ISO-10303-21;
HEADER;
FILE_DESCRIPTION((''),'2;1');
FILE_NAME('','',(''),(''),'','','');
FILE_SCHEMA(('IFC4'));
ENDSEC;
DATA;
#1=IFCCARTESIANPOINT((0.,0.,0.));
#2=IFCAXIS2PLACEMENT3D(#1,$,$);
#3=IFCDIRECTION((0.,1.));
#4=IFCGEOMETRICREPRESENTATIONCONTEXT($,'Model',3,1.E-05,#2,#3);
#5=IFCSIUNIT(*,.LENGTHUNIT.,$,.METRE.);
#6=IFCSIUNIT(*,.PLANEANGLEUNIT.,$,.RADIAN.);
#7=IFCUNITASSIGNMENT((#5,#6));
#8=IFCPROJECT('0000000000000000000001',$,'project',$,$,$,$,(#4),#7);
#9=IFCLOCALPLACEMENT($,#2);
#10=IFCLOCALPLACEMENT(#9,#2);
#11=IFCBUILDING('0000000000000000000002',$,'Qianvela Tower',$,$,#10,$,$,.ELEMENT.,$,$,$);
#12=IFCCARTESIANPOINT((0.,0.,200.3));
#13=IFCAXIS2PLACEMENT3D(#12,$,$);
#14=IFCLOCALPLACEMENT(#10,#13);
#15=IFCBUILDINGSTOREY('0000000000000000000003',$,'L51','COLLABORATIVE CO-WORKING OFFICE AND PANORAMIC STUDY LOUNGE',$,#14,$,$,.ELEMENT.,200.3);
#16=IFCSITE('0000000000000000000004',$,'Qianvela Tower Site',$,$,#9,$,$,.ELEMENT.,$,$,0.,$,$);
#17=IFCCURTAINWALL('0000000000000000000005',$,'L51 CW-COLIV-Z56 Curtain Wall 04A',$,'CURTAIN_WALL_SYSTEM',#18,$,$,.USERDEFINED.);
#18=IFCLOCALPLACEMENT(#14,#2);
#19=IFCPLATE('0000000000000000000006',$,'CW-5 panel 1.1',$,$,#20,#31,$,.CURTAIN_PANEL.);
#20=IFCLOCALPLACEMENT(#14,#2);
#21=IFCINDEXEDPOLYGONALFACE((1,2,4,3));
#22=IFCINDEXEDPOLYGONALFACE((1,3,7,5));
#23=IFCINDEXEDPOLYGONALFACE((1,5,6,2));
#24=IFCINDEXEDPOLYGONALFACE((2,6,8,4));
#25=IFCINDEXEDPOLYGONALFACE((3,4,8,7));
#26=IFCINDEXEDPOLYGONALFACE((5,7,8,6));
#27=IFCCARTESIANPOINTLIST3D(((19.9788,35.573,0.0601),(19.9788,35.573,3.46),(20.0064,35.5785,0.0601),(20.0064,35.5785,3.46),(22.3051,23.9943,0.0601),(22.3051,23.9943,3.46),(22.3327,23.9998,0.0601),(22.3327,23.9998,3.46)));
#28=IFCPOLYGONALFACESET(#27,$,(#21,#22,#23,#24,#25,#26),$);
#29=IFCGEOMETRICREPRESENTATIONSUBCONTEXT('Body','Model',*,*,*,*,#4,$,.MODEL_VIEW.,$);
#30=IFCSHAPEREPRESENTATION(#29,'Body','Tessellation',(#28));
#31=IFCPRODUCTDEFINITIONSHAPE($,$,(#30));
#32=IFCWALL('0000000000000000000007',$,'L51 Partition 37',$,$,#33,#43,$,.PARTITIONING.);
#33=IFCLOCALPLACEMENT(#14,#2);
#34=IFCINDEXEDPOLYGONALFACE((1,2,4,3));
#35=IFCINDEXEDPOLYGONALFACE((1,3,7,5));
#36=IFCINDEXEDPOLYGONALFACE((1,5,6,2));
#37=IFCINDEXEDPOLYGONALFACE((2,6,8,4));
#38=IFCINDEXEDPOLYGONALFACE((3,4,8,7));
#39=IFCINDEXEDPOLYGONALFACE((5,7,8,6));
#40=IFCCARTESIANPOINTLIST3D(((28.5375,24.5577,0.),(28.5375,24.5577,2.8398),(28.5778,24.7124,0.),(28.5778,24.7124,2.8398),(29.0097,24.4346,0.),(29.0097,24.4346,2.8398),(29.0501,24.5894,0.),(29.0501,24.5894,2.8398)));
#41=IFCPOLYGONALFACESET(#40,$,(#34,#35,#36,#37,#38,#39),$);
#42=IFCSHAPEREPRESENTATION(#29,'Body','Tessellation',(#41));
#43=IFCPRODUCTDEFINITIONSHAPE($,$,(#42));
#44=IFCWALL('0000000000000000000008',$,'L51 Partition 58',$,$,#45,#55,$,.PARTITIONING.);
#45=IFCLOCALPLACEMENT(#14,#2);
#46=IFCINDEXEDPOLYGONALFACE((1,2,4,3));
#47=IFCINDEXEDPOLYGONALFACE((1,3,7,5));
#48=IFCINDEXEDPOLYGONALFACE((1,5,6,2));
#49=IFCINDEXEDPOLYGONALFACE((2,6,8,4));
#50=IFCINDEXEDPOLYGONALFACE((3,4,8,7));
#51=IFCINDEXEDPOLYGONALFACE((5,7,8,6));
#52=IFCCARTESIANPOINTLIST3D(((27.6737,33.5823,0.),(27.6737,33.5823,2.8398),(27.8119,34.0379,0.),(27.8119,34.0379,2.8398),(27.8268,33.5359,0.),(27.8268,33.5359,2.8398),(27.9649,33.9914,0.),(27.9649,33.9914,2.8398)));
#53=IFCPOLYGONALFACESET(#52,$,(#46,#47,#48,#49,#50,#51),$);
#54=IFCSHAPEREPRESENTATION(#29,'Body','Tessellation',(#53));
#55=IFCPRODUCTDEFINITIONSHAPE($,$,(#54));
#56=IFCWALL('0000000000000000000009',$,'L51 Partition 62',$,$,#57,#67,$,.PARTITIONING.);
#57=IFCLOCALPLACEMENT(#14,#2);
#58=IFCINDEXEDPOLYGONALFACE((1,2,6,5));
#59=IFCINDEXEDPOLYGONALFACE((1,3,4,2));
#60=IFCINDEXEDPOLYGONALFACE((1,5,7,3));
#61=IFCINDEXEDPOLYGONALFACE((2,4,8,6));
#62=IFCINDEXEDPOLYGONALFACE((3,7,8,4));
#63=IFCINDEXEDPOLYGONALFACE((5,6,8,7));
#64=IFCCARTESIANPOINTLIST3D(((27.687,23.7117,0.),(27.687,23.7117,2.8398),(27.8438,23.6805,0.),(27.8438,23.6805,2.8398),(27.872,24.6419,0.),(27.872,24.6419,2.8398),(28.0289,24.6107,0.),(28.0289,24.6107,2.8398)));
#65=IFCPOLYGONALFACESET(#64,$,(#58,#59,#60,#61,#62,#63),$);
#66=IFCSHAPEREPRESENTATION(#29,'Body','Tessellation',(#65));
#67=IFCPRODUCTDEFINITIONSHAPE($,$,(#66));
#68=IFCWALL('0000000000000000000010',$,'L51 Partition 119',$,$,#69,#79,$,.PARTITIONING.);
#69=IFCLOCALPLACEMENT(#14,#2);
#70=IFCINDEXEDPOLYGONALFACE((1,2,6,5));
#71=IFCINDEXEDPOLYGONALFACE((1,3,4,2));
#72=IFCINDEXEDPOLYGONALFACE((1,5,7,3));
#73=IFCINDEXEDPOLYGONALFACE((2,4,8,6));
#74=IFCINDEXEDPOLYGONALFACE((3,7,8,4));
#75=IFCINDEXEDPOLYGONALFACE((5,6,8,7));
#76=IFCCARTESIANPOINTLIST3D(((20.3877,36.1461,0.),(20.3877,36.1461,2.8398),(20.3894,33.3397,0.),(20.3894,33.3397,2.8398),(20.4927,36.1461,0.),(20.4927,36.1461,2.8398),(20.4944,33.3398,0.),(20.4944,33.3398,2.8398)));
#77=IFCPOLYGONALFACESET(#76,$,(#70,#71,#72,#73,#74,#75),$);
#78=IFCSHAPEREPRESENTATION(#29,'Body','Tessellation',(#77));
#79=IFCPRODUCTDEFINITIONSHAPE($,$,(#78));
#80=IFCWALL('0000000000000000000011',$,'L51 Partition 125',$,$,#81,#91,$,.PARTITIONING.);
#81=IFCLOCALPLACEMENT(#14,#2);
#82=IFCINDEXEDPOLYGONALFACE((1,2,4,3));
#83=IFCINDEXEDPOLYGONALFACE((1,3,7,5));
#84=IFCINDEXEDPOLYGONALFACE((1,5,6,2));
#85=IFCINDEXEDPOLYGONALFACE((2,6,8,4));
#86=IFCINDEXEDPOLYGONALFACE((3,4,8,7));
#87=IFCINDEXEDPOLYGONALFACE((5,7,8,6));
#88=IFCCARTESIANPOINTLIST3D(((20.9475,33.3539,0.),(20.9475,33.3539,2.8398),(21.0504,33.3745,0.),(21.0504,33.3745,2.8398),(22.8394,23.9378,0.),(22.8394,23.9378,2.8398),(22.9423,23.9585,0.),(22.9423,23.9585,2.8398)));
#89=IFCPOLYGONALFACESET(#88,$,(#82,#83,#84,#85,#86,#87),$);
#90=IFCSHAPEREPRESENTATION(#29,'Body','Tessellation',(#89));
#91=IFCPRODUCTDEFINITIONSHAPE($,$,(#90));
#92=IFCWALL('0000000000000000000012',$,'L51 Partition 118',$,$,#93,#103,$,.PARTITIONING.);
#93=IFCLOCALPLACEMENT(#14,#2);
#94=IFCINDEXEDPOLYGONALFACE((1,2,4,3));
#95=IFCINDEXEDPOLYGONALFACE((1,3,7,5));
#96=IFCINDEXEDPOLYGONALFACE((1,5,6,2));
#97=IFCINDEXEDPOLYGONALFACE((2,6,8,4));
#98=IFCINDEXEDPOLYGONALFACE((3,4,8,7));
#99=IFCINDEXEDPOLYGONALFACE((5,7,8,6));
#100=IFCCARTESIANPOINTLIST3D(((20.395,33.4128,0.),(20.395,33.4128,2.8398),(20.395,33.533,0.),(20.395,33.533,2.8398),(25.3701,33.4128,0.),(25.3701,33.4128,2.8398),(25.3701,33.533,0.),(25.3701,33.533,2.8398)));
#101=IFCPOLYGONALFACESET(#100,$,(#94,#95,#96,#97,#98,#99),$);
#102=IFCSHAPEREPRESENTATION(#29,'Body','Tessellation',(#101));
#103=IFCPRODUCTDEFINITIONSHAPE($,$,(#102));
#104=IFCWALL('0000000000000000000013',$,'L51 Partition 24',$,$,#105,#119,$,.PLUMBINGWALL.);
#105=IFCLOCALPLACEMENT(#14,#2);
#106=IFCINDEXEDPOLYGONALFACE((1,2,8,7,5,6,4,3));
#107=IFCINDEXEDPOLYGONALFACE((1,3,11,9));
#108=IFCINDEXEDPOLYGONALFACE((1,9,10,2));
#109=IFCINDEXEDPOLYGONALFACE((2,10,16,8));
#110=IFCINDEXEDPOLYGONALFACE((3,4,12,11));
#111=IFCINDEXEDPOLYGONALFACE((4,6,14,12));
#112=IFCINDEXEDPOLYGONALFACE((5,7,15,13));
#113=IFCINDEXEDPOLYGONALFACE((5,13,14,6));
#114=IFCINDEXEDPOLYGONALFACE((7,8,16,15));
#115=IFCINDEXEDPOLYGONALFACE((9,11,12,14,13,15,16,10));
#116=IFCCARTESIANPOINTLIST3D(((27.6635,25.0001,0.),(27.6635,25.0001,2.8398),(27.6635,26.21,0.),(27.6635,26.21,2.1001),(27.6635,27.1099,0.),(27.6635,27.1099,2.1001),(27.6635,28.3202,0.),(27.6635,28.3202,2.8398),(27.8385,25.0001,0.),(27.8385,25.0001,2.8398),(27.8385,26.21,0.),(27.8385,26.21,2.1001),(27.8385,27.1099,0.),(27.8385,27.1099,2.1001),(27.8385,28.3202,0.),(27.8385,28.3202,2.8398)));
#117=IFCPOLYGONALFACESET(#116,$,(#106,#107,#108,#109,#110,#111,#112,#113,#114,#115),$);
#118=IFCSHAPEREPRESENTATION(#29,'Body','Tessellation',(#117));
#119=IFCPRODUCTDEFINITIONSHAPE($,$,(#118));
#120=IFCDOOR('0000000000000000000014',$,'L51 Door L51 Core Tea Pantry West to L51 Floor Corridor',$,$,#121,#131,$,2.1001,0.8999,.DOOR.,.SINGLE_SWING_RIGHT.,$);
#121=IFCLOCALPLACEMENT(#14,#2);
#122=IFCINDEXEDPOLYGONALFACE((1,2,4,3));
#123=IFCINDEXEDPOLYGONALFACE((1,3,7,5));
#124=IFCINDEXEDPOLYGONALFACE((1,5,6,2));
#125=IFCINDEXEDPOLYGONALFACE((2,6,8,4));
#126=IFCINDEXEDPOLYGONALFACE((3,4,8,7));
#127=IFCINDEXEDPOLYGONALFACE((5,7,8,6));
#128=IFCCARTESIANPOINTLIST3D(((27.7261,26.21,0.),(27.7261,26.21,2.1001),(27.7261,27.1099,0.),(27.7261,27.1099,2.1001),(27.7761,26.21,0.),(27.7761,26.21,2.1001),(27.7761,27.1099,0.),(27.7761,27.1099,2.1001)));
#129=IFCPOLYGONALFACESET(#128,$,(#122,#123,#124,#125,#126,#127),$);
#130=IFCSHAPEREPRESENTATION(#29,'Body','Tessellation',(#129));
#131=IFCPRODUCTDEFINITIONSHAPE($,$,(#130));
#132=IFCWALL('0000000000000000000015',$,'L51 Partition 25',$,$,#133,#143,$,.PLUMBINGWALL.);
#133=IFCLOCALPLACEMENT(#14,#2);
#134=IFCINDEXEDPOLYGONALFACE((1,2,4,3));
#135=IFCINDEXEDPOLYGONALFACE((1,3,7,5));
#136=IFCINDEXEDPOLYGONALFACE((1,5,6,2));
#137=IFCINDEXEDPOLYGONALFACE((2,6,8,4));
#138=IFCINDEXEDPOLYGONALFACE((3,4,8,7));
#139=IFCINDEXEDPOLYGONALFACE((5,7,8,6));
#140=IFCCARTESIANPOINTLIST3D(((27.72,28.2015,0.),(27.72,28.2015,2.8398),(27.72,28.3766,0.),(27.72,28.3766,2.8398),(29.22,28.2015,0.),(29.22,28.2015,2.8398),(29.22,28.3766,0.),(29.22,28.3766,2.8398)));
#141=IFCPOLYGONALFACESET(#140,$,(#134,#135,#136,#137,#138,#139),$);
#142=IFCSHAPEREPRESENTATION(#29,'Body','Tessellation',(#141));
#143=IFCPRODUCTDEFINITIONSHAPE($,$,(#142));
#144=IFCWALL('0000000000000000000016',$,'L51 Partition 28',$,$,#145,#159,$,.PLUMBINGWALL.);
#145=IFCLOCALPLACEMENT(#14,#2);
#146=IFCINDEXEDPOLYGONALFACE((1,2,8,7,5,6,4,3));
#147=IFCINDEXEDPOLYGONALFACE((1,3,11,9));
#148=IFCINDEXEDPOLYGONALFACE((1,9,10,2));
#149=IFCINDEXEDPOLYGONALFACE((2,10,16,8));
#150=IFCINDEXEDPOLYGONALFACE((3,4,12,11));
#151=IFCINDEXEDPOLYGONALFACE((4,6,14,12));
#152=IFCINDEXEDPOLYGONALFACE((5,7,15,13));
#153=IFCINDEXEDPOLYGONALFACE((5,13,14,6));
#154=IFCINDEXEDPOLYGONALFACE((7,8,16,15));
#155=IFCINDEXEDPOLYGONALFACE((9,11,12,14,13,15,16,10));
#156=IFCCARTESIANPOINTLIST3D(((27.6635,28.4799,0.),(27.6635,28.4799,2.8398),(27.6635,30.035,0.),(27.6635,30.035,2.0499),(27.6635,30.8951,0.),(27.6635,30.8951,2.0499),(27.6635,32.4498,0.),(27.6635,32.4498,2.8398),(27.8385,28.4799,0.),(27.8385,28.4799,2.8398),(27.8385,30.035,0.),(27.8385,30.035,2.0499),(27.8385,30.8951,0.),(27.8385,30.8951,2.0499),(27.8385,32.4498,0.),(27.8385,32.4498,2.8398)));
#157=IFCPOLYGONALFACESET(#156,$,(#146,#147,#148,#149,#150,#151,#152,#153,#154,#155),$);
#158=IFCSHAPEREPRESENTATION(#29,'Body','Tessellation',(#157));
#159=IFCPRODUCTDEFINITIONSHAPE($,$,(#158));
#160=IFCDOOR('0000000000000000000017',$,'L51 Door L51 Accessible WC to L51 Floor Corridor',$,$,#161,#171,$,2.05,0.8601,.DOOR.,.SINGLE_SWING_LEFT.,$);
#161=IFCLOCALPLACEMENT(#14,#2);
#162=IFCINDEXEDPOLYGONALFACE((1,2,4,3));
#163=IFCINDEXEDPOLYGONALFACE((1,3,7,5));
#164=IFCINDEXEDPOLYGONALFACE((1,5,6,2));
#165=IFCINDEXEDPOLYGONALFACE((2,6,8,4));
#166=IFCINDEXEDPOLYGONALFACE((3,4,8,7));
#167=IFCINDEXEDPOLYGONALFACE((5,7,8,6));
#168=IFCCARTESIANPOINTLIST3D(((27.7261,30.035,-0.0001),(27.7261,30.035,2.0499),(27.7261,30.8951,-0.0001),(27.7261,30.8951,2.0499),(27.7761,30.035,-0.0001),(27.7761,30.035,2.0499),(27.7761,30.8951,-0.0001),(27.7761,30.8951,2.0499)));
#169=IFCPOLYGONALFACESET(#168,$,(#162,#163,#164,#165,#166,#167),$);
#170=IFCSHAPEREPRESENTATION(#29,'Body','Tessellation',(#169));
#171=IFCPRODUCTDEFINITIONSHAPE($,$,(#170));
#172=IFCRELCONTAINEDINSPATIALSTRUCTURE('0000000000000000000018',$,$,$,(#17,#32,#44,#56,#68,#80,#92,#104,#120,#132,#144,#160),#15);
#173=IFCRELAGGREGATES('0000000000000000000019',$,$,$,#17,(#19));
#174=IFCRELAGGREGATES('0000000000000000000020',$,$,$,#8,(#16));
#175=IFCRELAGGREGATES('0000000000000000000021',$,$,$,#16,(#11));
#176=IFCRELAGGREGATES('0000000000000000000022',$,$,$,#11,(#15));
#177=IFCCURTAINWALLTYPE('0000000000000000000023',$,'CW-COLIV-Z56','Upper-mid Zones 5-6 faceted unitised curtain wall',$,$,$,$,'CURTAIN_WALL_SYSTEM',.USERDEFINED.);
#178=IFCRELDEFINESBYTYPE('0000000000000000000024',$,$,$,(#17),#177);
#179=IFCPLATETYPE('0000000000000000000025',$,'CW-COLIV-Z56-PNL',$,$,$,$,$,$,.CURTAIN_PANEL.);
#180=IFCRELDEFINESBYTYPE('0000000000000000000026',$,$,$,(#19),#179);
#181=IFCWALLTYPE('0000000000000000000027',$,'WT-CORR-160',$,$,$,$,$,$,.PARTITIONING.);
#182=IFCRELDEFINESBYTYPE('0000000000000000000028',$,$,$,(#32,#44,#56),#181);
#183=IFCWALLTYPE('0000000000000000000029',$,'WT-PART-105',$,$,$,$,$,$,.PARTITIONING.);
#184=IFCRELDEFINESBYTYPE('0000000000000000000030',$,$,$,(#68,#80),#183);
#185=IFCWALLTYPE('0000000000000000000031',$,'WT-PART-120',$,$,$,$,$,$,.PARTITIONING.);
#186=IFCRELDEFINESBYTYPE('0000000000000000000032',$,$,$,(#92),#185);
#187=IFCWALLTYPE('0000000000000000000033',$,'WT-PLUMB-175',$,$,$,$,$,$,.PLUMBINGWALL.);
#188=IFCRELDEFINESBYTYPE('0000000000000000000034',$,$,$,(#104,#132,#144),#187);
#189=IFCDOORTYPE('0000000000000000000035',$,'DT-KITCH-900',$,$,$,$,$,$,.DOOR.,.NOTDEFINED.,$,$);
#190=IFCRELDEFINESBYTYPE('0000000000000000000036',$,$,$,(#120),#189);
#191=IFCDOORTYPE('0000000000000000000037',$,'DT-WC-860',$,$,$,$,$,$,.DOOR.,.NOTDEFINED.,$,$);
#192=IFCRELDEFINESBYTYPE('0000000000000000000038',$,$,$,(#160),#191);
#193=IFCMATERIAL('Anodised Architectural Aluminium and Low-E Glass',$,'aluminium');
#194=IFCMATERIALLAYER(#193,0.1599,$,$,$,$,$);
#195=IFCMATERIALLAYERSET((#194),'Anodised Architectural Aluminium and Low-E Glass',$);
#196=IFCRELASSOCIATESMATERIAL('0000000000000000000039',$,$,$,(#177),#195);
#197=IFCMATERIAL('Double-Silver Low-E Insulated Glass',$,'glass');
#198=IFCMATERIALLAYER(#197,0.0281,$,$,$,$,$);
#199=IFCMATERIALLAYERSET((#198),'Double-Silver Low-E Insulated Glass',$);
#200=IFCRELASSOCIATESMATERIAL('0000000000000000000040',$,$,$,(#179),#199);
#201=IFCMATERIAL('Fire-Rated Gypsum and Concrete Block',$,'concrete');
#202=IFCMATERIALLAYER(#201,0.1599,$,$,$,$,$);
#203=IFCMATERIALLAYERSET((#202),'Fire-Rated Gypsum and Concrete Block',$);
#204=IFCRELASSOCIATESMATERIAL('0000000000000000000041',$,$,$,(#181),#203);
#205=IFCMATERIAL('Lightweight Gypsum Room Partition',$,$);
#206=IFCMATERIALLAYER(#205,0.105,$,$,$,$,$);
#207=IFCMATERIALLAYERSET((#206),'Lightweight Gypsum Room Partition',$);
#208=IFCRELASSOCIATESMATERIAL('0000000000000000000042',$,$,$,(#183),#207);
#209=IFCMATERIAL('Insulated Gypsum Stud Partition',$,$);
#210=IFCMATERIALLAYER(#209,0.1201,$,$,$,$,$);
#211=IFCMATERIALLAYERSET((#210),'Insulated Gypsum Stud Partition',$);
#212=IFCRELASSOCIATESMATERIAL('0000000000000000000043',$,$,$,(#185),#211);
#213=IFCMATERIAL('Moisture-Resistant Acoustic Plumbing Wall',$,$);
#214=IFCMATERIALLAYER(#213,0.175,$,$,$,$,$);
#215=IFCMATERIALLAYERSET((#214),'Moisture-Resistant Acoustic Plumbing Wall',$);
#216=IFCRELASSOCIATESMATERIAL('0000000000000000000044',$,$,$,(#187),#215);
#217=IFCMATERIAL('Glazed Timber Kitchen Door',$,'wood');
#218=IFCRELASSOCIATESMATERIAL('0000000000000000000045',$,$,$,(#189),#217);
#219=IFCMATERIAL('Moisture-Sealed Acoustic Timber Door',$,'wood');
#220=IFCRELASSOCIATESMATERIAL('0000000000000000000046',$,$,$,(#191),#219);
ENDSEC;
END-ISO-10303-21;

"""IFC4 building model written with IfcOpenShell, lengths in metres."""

from ifc_helpers import new_model, si_unit, direction, frame, frame_2d, origin, origin_2d, place, context, subcontext, project, spatial, rectangle, extrude, material, layer, layer_set, type_object, element, fill, aggregate, save


model = new_model("IFC4")

# Units and contexts
model_context = context("Model", 3, precision=1e-05, world=origin(), true_north=direction((0.0, 1.0)))
body_context = subcontext(model_context, "Body", "Model", "MODEL_VIEW")
ifc_project = project(units=[si_unit("LENGTHUNIT", "METRE"), si_unit("PLANEANGLEUNIT", "RADIAN")], contexts=[model_context])

# Site, building, storey
site_placement = place(None, origin())
site = spatial("IfcSite", under=ifc_project, at=site_placement, Name="Qianvela Tower Site", CompositionType="ELEMENT", RefElevation=0.0)
building_placement = place(site_placement, origin())
building = spatial("IfcBuilding", under=site, at=building_placement, Name="Qianvela Tower", CompositionType="ELEMENT")
storey_placement = place(building_placement, frame((0.0, 0.0, 200.3)))
storey = spatial("IfcBuildingStorey", under=building, at=storey_placement, Name="L51", Description="COLLABORATIVE CO-WORKING OFFICE AND PANORAMIC STUDY LOUNGE", CompositionType="ELEMENT", Elevation=200.3)

# Curtain wall, plate
ifc_material_1 = material(Name="Anodised Architectural Aluminium and Low-E Glass", Category="aluminium")
ifc_layer_1 = layer(ifc_material_1, 0.1599)
ifc_layer_set_1 = layer_set([ifc_layer_1], Name="Anodised Architectural Aluminium and Low-E Glass")
curtain_wall_type = type_object("IfcCurtainWallType", Name="CW-COLIV-Z56", Description="Upper-mid Zones 5-6 faceted unitised curtain wall", ElementType="CURTAIN_WALL_SYSTEM", PredefinedType="USERDEFINED", material=ifc_layer_set_1)
curtain_wall_placement = place(storey_placement, origin())
curtain_wall = element("IfcCurtainWall", 1, at=curtain_wall_placement, inside=storey, type_object=curtain_wall_type, Name="L51 CW-COLIV-Z56 Curtain Wall 04A", ObjectType="CURTAIN_WALL_SYSTEM", PredefinedType="USERDEFINED")
ifc_material_2 = material(Name="Double-Silver Low-E Insulated Glass", Category="glass")
ifc_layer_2 = layer(ifc_material_2, 0.0281)
ifc_layer_set_2 = layer_set([ifc_layer_2], Name="Double-Silver Low-E Insulated Glass")
plate_type = type_object("IfcPlateType", Name="CW-COLIV-Z56-PNL", PredefinedType="CURTAIN_PANEL", material=ifc_layer_set_2)
plate_placement = place(storey_placement, frame((21.1558, 29.7864, 0.0601), z_axis=(0.0, 0.0, 1.0), x_axis=(0.196976, -0.980408, 0.0)))
plate = element("IfcPlate", 2, at=plate_placement, type_object=plate_type, Name="CW-5 panel 1.1", PredefinedType="CURTAIN_PANEL", context=body_context, shape_type="SweptSolid", body=[
    extrude(rectangle(XDim=11.8101, YDim=0.0281, at=origin_2d()), origin(), (0.0, 0.0, 1.0), 3.3999),
])
aggregate(curtain_wall, [plate])

# Walls
ifc_material_3 = material(Name="Fire-Rated Gypsum and Concrete Block", Category="concrete")
ifc_layer_3 = layer(ifc_material_3, 0.1599)
ifc_layer_set_3 = layer_set([ifc_layer_3], Name="Fire-Rated Gypsum and Concrete Block")
wall_type_1 = type_object("IfcWallType", Name="WT-CORR-160", PredefinedType="PARTITIONING", material=ifc_layer_set_3)
wall_1_placement = place(storey_placement, frame((29.03, 24.512, 0.0), z_axis=(0.0, 0.0, 1.0), x_axis=(-0.967681, 0.252177, 0.0)))
element("IfcWall", 3, at=wall_1_placement, inside=storey, type_object=wall_type_1, Name="L51 Partition 37", PredefinedType="PARTITIONING", context=body_context, shape_type="SweptSolid", body=[
    extrude(rectangle(XDim=0.488, YDim=0.1599, at=frame_2d((0.2441, 0.0))), origin(), (0.0, 0.0, 1.0), 2.8398),
])
wall_2_placement = place(storey_placement, frame((27.8884, 34.0146, 0.0), z_axis=(0.0, 0.0, 1.0), x_axis=(-0.290264, -0.956947, 0.0)))
element("IfcWall", 4, at=wall_2_placement, inside=storey, type_object=wall_type_1, Name="L51 Partition 58", PredefinedType="PARTITIONING", context=body_context, shape_type="SweptSolid", body=[
    extrude(rectangle(XDim=0.4761, YDim=0.1599, at=frame_2d((0.238, 0.0))), origin(), (0.0, 0.0, 1.0), 2.8398),
])
wall_3_placement = place(storey_placement, frame((27.9504, 24.6262, 0.0), z_axis=(0.0, 0.0, 1.0), x_axis=(-0.195126, -0.980778, 0.0)))
element("IfcWall", 5, at=wall_3_placement, inside=storey, type_object=wall_type_1, Name="L51 Partition 62", PredefinedType="PARTITIONING", context=body_context, shape_type="SweptSolid", body=[
    extrude(rectangle(XDim=0.9485, YDim=0.1599, at=frame_2d((0.4741, 0.0))), origin(), (0.0, 0.0, 1.0), 2.8398),
])
ifc_material_4 = material(Name="Lightweight Gypsum Room Partition")
ifc_layer_4 = layer(ifc_material_4, 0.105)
ifc_layer_set_4 = layer_set([ifc_layer_4], Name="Lightweight Gypsum Room Partition")
wall_type_2 = type_object("IfcWallType", Name="WT-PART-105", PredefinedType="PARTITIONING", material=ifc_layer_set_4)
wall_4_placement = place(storey_placement, frame((20.4419, 33.3396, 0.0), z_axis=(0.0, 0.0, 1.0), x_axis=(-0.000609, 1.0, 0.0)))
element("IfcWall", 6, at=wall_4_placement, inside=storey, type_object=wall_type_2, Name="L51 Partition 119", PredefinedType="PARTITIONING", context=body_context, shape_type="SweptSolid", body=[
    extrude(rectangle(XDim=2.8064, YDim=0.105, at=frame_2d((1.4033, 0.0))), origin(), (0.0, 0.0, 1.0), 2.8398),
])
wall_5_placement = place(storey_placement, frame((22.8909, 23.948, 0.0), z_axis=(0.0, 0.0, 1.0), x_axis=(-0.196981, 0.980407, 0.0)))
element("IfcWall", 7, at=wall_5_placement, inside=storey, type_object=wall_type_2, Name="L51 Partition 125", PredefinedType="PARTITIONING", context=body_context, shape_type="SweptSolid", body=[
    extrude(rectangle(XDim=9.6042, YDim=0.105, at=frame_2d((4.8022, 0.0))), origin(), (0.0, 0.0, 1.0), 2.8398),
])
ifc_material_5 = material(Name="Insulated Gypsum Stud Partition")
ifc_layer_5 = layer(ifc_material_5, 0.1201)
ifc_layer_set_5 = layer_set([ifc_layer_5], Name="Insulated Gypsum Stud Partition")
wall_type_3 = type_object("IfcWallType", Name="WT-PART-120", PredefinedType="PARTITIONING", material=ifc_layer_set_5)
wall_6_placement = place(storey_placement, frame((25.3701, 33.4729, 0.0), z_axis=(0.0, 0.0, 1.0), x_axis=(-1.0, 0.0, 0.0)))
element("IfcWall", 8, at=wall_6_placement, inside=storey, type_object=wall_type_3, Name="L51 Partition 118", PredefinedType="PARTITIONING", context=body_context, shape_type="SweptSolid", body=[
    extrude(rectangle(XDim=4.9751, YDim=0.1201, at=frame_2d((2.4875, 0.0))), origin(), (0.0, 0.0, 1.0), 2.8398),
])

# Wall, opening, door
ifc_material_6 = material(Name="Moisture-Resistant Acoustic Plumbing Wall")
ifc_layer_6 = layer(ifc_material_6, 0.175)
ifc_layer_set_6 = layer_set([ifc_layer_6], Name="Moisture-Resistant Acoustic Plumbing Wall")
wall_type_4 = type_object("IfcWallType", Name="WT-PLUMB-175", PredefinedType="PLUMBINGWALL", material=ifc_layer_set_6)
wall_7_placement = place(storey_placement, frame((27.751, 25.0, 0.0), z_axis=(0.0, 0.0, 1.0), x_axis=(0.0, 1.0, 0.0)))
wall_7 = element("IfcWall", 9, at=wall_7_placement, inside=storey, type_object=wall_type_4, Name="L51 Partition 24", PredefinedType="PLUMBINGWALL", context=body_context, shape_type="SweptSolid", body=[
    extrude(rectangle(XDim=3.3201, YDim=0.175, at=frame_2d((1.6602, 0.0))), origin(), (0.0, 0.0, 1.0), 2.8398),
])
opening_1_placement = place(wall_7_placement, frame((1.21, 0.0, 0.0)))
opening_1 = element("IfcOpeningElement", 10, at=opening_1_placement, cuts=wall_7, PredefinedType="OPENING", context=body_context, shape_type="SweptSolid", body=[
    extrude(rectangle(XDim=0.8999, YDim=2.1001, at=frame_2d((0.45, 1.05))), frame((0.0, 0.0974, 0.0), z_axis=(0.0, -1.0, 0.0), x_axis=(1.0, 0.0, 0.0)), (0.0, 0.0, 1.0), 0.1951),
])
ifc_material_7 = material(Name="Glazed Timber Kitchen Door", Category="wood")
door_type_1 = type_object("IfcDoorType", Name="DT-KITCH-900", OperationType="NOTDEFINED", PredefinedType="DOOR", material=ifc_material_7)
door_1_placement = place(opening_1_placement, origin())
door_1 = element("IfcDoor", 11, at=door_1_placement, inside=storey, type_object=door_type_1, Name="L51 Door L51 Core Tea Pantry West to L51 Floor Corridor", OperationType="SINGLE_SWING_RIGHT", OverallHeight=2.1001, OverallWidth=0.8999, PredefinedType="DOOR", context=body_context, shape_type="SweptSolid", body=[
    extrude(rectangle(XDim=0.8999, YDim=2.1001, at=frame_2d((0.45, 1.05))), frame((0.0, 0.0249, 0.0), z_axis=(0.0, -1.0, 0.0), x_axis=(1.0, 0.0, 0.0)), (0.0, 0.0, 1.0), 0.05),
])
fill(opening_1, door_1)

# Wall
wall_8_placement = place(storey_placement, frame((27.72, 28.2891, 0.0), z_axis=(0.0, 0.0, 1.0), x_axis=(1.0, 0.0, 0.0)))
element("IfcWall", 12, at=wall_8_placement, inside=storey, type_object=wall_type_4, Name="L51 Partition 25", PredefinedType="PLUMBINGWALL", context=body_context, shape_type="SweptSolid", body=[
    extrude(rectangle(XDim=1.5, YDim=0.175, at=frame_2d((0.75, 0.0))), origin(), (0.0, 0.0, 1.0), 2.8398),
])

# Wall, opening, door
wall_9_placement = place(storey_placement, frame((27.751, 28.48, 0.0), z_axis=(0.0, 0.0, 1.0), x_axis=(0.0, 1.0, 0.0)))
wall_9 = element("IfcWall", 13, at=wall_9_placement, inside=storey, type_object=wall_type_4, Name="L51 Partition 28", PredefinedType="PLUMBINGWALL", context=body_context, shape_type="SweptSolid", body=[
    extrude(rectangle(XDim=3.97, YDim=0.175, at=frame_2d((1.9849, 0.0))), origin(), (0.0, 0.0, 1.0), 2.8398),
])
opening_2_placement = place(wall_9_placement, frame((1.5549, 0.0, 0.0)))
opening_2 = element("IfcOpeningElement", 14, at=opening_2_placement, cuts=wall_9, PredefinedType="OPENING", context=body_context, shape_type="SweptSolid", body=[
    extrude(rectangle(XDim=0.8601, YDim=2.05, at=frame_2d((0.4302, 1.0249))), frame((0.0, 0.0974, 0.0), z_axis=(0.0, -1.0, 0.0), x_axis=(1.0, 0.0, 0.0)), (0.0, 0.0, 1.0), 0.1951),
])
ifc_material_8 = material(Name="Moisture-Sealed Acoustic Timber Door", Category="wood")
door_type_2 = type_object("IfcDoorType", Name="DT-WC-860", OperationType="NOTDEFINED", PredefinedType="DOOR", material=ifc_material_8)
door_2_placement = place(opening_2_placement, origin())
door_2 = element("IfcDoor", 15, at=door_2_placement, inside=storey, type_object=door_type_2, Name="L51 Door L51 Accessible WC to L51 Floor Corridor", OperationType="SINGLE_SWING_LEFT", OverallHeight=2.05, OverallWidth=0.8601, PredefinedType="DOOR", context=body_context, shape_type="SweptSolid", body=[
    extrude(rectangle(XDim=0.8601, YDim=2.05, at=frame_2d((0.4302, 1.0249))), frame((0.0, 0.0249, 0.0), z_axis=(0.0, -1.0, 0.0), x_axis=(1.0, 0.0, 0.0)), (0.0, 0.0, 1.0), 0.05),
])
fill(opening_2, door_2)

save(model, "model.ifc")
